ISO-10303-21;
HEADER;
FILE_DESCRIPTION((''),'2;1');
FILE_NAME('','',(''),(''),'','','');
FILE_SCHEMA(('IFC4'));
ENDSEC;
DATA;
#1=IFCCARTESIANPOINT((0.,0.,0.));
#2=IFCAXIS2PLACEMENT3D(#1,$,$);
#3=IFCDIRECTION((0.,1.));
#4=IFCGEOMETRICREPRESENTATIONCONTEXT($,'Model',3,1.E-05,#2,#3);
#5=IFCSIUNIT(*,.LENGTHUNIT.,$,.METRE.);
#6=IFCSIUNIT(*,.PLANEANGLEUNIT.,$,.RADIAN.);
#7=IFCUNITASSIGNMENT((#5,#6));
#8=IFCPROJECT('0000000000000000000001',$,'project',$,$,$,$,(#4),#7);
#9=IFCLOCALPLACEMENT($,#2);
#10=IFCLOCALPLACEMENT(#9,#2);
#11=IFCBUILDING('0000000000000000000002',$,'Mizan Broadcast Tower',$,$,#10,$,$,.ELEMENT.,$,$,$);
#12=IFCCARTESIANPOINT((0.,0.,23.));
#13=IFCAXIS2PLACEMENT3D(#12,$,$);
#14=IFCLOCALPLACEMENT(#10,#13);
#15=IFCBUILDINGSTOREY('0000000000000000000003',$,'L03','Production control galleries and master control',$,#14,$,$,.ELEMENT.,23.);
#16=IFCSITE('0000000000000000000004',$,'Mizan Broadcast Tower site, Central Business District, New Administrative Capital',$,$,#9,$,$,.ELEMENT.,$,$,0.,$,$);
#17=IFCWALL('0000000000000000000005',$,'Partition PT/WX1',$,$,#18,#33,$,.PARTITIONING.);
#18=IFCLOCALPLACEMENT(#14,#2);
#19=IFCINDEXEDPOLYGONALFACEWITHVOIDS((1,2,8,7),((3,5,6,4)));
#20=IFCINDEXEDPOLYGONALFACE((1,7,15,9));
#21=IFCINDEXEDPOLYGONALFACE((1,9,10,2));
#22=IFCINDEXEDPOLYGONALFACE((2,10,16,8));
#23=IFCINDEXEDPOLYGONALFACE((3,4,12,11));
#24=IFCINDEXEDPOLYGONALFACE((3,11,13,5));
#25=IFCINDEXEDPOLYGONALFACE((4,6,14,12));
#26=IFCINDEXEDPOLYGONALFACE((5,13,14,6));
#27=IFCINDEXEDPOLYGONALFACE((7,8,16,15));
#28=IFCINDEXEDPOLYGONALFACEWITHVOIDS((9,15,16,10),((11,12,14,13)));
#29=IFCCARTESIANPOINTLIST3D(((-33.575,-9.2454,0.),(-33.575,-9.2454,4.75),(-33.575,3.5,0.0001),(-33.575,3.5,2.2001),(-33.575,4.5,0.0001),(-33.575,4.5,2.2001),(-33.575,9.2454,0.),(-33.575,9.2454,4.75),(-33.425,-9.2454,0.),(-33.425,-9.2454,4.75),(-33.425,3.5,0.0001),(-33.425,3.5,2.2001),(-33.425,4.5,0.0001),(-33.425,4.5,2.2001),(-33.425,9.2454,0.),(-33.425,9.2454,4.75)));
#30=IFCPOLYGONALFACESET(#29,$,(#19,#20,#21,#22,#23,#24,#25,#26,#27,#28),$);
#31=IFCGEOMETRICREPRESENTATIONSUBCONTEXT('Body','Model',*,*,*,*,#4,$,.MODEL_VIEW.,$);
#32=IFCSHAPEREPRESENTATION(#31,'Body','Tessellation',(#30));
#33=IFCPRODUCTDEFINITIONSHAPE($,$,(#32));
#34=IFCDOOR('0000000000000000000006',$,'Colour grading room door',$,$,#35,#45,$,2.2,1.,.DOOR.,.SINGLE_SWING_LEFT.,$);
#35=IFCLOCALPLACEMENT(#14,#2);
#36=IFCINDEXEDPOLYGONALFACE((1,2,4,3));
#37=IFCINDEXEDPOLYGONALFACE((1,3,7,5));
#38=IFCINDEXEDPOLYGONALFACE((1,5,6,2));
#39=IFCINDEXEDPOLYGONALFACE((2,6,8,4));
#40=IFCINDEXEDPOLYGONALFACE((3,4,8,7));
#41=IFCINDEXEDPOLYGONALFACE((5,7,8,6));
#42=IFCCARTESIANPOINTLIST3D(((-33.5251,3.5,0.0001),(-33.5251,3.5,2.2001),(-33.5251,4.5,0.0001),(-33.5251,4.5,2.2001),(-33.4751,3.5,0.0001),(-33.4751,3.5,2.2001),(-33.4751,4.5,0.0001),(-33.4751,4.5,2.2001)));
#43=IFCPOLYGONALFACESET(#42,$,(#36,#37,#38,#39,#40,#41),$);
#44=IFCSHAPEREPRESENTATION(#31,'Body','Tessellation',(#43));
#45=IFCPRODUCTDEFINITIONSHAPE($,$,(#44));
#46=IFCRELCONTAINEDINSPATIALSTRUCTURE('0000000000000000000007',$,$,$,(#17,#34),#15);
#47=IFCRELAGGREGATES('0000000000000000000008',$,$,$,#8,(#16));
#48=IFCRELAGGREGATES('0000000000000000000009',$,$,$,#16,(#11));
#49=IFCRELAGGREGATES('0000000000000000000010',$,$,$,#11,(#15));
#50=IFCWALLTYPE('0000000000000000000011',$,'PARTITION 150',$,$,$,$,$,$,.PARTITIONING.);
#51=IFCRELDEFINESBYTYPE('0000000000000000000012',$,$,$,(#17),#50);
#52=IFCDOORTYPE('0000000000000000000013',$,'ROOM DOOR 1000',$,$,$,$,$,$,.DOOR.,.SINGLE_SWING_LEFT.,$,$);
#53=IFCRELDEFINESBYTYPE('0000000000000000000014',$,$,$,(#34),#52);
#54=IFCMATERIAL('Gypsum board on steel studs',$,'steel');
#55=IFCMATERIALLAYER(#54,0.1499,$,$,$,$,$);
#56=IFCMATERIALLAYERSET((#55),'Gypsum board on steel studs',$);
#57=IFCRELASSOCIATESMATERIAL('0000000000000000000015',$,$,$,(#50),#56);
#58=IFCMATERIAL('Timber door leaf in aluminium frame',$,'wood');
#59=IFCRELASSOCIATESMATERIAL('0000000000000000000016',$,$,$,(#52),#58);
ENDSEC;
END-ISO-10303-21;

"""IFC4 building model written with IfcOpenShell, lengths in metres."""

from ifc_helpers import new_model, si_unit, direction, frame, frame_2d, origin, place, context, subcontext, project, spatial, rectangle, extrude, material, layer, layer_set, type_object, element, fill, save


model = new_model("IFC4")

# Units and contexts
model_context = context("Model", 3, precision=1e-05, world=origin(), true_north=direction((0.0, 1.0)))
body_context = subcontext(model_context, "Body", "Model", "MODEL_VIEW")
ifc_project = project(units=[si_unit("LENGTHUNIT", "METRE"), si_unit("PLANEANGLEUNIT", "RADIAN")], contexts=[model_context])

# Site, building, storey
site_placement = place(None, origin())
site = spatial("IfcSite", under=ifc_project, at=site_placement, Name="Mizan Broadcast Tower site, Central Business District, New Administrative Capital", CompositionType="ELEMENT", RefElevation=0.0)
building_placement = place(site_placement, origin())
building = spatial("IfcBuilding", under=site, at=building_placement, Name="Mizan Broadcast Tower", CompositionType="ELEMENT")
storey_placement = place(building_placement, frame((0.0, 0.0, 23.0)))
storey = spatial("IfcBuildingStorey", under=building, at=storey_placement, Name="L03", Description="Production control galleries and master control", CompositionType="ELEMENT", Elevation=23.0)

# Wall, opening, door
ifc_material_1 = material(Name="Gypsum board on steel studs", Category="steel")
ifc_layer_1 = layer(ifc_material_1, 0.1499)
ifc_layer_set_1 = layer_set([ifc_layer_1], Name="Gypsum board on steel studs")
wall_type = type_object("IfcWallType", Name="PARTITION 150", PredefinedType="PARTITIONING", material=ifc_layer_set_1)
wall_placement = place(storey_placement, frame((-33.5, 9.2454, 0.0), z_axis=(0.0, 0.0, 1.0), x_axis=(0.0, -1.0, 0.0)))
wall = element("IfcWall", 1, at=wall_placement, inside=storey, type_object=wall_type, Name="Partition PT/WX1", PredefinedType="PARTITIONING", context=body_context, shape_type="SweptSolid", body=[
    extrude(rectangle(XDim=18.4907, YDim=0.1499, at=frame_2d((9.2454, 0.0))), origin(), (0.0, 0.0, 1.0), 4.75),
])
opening_placement = place(wall_placement, frame((4.7454, 0.0, 0.0)))
opening = element("IfcOpeningElement", 2, at=opening_placement, cuts=wall, PredefinedType="OPENING", context=body_context, shape_type="SweptSolid", body=[
    extrude(rectangle(XDim=1.0, YDim=2.2, at=frame_2d((0.5, 1.1001))), frame((0.0, 0.085, 0.0), z_axis=(0.0, -1.0, 0.0), x_axis=(1.0, 0.0, 0.0)), (0.0, 0.0, 1.0), 0.1699),
])
ifc_material_2 = material(Name="Timber door leaf in aluminium frame", Category="wood")
door_type = type_object("IfcDoorType", Name="ROOM DOOR 1000", OperationType="SINGLE_SWING_LEFT", PredefinedType="DOOR", material=ifc_material_2)
door_placement = place(opening_placement, origin())
door = element("IfcDoor", 3, at=door_placement, inside=storey, type_object=door_type, Name="Colour grading room door", OperationType="SINGLE_SWING_LEFT", OverallHeight=2.2, OverallWidth=1.0, PredefinedType="DOOR", context=body_context, shape_type="SweptSolid", body=[
    extrude(rectangle(XDim=1.0, YDim=2.2, at=frame_2d((0.5, 1.1001))), frame((0.0, 0.0249, 0.0), z_axis=(0.0, -1.0, 0.0), x_axis=(1.0, 0.0, 0.0)), (0.0, 0.0, 1.0), 0.05),
])
fill(opening, door)

save(model, "model.ifc")
